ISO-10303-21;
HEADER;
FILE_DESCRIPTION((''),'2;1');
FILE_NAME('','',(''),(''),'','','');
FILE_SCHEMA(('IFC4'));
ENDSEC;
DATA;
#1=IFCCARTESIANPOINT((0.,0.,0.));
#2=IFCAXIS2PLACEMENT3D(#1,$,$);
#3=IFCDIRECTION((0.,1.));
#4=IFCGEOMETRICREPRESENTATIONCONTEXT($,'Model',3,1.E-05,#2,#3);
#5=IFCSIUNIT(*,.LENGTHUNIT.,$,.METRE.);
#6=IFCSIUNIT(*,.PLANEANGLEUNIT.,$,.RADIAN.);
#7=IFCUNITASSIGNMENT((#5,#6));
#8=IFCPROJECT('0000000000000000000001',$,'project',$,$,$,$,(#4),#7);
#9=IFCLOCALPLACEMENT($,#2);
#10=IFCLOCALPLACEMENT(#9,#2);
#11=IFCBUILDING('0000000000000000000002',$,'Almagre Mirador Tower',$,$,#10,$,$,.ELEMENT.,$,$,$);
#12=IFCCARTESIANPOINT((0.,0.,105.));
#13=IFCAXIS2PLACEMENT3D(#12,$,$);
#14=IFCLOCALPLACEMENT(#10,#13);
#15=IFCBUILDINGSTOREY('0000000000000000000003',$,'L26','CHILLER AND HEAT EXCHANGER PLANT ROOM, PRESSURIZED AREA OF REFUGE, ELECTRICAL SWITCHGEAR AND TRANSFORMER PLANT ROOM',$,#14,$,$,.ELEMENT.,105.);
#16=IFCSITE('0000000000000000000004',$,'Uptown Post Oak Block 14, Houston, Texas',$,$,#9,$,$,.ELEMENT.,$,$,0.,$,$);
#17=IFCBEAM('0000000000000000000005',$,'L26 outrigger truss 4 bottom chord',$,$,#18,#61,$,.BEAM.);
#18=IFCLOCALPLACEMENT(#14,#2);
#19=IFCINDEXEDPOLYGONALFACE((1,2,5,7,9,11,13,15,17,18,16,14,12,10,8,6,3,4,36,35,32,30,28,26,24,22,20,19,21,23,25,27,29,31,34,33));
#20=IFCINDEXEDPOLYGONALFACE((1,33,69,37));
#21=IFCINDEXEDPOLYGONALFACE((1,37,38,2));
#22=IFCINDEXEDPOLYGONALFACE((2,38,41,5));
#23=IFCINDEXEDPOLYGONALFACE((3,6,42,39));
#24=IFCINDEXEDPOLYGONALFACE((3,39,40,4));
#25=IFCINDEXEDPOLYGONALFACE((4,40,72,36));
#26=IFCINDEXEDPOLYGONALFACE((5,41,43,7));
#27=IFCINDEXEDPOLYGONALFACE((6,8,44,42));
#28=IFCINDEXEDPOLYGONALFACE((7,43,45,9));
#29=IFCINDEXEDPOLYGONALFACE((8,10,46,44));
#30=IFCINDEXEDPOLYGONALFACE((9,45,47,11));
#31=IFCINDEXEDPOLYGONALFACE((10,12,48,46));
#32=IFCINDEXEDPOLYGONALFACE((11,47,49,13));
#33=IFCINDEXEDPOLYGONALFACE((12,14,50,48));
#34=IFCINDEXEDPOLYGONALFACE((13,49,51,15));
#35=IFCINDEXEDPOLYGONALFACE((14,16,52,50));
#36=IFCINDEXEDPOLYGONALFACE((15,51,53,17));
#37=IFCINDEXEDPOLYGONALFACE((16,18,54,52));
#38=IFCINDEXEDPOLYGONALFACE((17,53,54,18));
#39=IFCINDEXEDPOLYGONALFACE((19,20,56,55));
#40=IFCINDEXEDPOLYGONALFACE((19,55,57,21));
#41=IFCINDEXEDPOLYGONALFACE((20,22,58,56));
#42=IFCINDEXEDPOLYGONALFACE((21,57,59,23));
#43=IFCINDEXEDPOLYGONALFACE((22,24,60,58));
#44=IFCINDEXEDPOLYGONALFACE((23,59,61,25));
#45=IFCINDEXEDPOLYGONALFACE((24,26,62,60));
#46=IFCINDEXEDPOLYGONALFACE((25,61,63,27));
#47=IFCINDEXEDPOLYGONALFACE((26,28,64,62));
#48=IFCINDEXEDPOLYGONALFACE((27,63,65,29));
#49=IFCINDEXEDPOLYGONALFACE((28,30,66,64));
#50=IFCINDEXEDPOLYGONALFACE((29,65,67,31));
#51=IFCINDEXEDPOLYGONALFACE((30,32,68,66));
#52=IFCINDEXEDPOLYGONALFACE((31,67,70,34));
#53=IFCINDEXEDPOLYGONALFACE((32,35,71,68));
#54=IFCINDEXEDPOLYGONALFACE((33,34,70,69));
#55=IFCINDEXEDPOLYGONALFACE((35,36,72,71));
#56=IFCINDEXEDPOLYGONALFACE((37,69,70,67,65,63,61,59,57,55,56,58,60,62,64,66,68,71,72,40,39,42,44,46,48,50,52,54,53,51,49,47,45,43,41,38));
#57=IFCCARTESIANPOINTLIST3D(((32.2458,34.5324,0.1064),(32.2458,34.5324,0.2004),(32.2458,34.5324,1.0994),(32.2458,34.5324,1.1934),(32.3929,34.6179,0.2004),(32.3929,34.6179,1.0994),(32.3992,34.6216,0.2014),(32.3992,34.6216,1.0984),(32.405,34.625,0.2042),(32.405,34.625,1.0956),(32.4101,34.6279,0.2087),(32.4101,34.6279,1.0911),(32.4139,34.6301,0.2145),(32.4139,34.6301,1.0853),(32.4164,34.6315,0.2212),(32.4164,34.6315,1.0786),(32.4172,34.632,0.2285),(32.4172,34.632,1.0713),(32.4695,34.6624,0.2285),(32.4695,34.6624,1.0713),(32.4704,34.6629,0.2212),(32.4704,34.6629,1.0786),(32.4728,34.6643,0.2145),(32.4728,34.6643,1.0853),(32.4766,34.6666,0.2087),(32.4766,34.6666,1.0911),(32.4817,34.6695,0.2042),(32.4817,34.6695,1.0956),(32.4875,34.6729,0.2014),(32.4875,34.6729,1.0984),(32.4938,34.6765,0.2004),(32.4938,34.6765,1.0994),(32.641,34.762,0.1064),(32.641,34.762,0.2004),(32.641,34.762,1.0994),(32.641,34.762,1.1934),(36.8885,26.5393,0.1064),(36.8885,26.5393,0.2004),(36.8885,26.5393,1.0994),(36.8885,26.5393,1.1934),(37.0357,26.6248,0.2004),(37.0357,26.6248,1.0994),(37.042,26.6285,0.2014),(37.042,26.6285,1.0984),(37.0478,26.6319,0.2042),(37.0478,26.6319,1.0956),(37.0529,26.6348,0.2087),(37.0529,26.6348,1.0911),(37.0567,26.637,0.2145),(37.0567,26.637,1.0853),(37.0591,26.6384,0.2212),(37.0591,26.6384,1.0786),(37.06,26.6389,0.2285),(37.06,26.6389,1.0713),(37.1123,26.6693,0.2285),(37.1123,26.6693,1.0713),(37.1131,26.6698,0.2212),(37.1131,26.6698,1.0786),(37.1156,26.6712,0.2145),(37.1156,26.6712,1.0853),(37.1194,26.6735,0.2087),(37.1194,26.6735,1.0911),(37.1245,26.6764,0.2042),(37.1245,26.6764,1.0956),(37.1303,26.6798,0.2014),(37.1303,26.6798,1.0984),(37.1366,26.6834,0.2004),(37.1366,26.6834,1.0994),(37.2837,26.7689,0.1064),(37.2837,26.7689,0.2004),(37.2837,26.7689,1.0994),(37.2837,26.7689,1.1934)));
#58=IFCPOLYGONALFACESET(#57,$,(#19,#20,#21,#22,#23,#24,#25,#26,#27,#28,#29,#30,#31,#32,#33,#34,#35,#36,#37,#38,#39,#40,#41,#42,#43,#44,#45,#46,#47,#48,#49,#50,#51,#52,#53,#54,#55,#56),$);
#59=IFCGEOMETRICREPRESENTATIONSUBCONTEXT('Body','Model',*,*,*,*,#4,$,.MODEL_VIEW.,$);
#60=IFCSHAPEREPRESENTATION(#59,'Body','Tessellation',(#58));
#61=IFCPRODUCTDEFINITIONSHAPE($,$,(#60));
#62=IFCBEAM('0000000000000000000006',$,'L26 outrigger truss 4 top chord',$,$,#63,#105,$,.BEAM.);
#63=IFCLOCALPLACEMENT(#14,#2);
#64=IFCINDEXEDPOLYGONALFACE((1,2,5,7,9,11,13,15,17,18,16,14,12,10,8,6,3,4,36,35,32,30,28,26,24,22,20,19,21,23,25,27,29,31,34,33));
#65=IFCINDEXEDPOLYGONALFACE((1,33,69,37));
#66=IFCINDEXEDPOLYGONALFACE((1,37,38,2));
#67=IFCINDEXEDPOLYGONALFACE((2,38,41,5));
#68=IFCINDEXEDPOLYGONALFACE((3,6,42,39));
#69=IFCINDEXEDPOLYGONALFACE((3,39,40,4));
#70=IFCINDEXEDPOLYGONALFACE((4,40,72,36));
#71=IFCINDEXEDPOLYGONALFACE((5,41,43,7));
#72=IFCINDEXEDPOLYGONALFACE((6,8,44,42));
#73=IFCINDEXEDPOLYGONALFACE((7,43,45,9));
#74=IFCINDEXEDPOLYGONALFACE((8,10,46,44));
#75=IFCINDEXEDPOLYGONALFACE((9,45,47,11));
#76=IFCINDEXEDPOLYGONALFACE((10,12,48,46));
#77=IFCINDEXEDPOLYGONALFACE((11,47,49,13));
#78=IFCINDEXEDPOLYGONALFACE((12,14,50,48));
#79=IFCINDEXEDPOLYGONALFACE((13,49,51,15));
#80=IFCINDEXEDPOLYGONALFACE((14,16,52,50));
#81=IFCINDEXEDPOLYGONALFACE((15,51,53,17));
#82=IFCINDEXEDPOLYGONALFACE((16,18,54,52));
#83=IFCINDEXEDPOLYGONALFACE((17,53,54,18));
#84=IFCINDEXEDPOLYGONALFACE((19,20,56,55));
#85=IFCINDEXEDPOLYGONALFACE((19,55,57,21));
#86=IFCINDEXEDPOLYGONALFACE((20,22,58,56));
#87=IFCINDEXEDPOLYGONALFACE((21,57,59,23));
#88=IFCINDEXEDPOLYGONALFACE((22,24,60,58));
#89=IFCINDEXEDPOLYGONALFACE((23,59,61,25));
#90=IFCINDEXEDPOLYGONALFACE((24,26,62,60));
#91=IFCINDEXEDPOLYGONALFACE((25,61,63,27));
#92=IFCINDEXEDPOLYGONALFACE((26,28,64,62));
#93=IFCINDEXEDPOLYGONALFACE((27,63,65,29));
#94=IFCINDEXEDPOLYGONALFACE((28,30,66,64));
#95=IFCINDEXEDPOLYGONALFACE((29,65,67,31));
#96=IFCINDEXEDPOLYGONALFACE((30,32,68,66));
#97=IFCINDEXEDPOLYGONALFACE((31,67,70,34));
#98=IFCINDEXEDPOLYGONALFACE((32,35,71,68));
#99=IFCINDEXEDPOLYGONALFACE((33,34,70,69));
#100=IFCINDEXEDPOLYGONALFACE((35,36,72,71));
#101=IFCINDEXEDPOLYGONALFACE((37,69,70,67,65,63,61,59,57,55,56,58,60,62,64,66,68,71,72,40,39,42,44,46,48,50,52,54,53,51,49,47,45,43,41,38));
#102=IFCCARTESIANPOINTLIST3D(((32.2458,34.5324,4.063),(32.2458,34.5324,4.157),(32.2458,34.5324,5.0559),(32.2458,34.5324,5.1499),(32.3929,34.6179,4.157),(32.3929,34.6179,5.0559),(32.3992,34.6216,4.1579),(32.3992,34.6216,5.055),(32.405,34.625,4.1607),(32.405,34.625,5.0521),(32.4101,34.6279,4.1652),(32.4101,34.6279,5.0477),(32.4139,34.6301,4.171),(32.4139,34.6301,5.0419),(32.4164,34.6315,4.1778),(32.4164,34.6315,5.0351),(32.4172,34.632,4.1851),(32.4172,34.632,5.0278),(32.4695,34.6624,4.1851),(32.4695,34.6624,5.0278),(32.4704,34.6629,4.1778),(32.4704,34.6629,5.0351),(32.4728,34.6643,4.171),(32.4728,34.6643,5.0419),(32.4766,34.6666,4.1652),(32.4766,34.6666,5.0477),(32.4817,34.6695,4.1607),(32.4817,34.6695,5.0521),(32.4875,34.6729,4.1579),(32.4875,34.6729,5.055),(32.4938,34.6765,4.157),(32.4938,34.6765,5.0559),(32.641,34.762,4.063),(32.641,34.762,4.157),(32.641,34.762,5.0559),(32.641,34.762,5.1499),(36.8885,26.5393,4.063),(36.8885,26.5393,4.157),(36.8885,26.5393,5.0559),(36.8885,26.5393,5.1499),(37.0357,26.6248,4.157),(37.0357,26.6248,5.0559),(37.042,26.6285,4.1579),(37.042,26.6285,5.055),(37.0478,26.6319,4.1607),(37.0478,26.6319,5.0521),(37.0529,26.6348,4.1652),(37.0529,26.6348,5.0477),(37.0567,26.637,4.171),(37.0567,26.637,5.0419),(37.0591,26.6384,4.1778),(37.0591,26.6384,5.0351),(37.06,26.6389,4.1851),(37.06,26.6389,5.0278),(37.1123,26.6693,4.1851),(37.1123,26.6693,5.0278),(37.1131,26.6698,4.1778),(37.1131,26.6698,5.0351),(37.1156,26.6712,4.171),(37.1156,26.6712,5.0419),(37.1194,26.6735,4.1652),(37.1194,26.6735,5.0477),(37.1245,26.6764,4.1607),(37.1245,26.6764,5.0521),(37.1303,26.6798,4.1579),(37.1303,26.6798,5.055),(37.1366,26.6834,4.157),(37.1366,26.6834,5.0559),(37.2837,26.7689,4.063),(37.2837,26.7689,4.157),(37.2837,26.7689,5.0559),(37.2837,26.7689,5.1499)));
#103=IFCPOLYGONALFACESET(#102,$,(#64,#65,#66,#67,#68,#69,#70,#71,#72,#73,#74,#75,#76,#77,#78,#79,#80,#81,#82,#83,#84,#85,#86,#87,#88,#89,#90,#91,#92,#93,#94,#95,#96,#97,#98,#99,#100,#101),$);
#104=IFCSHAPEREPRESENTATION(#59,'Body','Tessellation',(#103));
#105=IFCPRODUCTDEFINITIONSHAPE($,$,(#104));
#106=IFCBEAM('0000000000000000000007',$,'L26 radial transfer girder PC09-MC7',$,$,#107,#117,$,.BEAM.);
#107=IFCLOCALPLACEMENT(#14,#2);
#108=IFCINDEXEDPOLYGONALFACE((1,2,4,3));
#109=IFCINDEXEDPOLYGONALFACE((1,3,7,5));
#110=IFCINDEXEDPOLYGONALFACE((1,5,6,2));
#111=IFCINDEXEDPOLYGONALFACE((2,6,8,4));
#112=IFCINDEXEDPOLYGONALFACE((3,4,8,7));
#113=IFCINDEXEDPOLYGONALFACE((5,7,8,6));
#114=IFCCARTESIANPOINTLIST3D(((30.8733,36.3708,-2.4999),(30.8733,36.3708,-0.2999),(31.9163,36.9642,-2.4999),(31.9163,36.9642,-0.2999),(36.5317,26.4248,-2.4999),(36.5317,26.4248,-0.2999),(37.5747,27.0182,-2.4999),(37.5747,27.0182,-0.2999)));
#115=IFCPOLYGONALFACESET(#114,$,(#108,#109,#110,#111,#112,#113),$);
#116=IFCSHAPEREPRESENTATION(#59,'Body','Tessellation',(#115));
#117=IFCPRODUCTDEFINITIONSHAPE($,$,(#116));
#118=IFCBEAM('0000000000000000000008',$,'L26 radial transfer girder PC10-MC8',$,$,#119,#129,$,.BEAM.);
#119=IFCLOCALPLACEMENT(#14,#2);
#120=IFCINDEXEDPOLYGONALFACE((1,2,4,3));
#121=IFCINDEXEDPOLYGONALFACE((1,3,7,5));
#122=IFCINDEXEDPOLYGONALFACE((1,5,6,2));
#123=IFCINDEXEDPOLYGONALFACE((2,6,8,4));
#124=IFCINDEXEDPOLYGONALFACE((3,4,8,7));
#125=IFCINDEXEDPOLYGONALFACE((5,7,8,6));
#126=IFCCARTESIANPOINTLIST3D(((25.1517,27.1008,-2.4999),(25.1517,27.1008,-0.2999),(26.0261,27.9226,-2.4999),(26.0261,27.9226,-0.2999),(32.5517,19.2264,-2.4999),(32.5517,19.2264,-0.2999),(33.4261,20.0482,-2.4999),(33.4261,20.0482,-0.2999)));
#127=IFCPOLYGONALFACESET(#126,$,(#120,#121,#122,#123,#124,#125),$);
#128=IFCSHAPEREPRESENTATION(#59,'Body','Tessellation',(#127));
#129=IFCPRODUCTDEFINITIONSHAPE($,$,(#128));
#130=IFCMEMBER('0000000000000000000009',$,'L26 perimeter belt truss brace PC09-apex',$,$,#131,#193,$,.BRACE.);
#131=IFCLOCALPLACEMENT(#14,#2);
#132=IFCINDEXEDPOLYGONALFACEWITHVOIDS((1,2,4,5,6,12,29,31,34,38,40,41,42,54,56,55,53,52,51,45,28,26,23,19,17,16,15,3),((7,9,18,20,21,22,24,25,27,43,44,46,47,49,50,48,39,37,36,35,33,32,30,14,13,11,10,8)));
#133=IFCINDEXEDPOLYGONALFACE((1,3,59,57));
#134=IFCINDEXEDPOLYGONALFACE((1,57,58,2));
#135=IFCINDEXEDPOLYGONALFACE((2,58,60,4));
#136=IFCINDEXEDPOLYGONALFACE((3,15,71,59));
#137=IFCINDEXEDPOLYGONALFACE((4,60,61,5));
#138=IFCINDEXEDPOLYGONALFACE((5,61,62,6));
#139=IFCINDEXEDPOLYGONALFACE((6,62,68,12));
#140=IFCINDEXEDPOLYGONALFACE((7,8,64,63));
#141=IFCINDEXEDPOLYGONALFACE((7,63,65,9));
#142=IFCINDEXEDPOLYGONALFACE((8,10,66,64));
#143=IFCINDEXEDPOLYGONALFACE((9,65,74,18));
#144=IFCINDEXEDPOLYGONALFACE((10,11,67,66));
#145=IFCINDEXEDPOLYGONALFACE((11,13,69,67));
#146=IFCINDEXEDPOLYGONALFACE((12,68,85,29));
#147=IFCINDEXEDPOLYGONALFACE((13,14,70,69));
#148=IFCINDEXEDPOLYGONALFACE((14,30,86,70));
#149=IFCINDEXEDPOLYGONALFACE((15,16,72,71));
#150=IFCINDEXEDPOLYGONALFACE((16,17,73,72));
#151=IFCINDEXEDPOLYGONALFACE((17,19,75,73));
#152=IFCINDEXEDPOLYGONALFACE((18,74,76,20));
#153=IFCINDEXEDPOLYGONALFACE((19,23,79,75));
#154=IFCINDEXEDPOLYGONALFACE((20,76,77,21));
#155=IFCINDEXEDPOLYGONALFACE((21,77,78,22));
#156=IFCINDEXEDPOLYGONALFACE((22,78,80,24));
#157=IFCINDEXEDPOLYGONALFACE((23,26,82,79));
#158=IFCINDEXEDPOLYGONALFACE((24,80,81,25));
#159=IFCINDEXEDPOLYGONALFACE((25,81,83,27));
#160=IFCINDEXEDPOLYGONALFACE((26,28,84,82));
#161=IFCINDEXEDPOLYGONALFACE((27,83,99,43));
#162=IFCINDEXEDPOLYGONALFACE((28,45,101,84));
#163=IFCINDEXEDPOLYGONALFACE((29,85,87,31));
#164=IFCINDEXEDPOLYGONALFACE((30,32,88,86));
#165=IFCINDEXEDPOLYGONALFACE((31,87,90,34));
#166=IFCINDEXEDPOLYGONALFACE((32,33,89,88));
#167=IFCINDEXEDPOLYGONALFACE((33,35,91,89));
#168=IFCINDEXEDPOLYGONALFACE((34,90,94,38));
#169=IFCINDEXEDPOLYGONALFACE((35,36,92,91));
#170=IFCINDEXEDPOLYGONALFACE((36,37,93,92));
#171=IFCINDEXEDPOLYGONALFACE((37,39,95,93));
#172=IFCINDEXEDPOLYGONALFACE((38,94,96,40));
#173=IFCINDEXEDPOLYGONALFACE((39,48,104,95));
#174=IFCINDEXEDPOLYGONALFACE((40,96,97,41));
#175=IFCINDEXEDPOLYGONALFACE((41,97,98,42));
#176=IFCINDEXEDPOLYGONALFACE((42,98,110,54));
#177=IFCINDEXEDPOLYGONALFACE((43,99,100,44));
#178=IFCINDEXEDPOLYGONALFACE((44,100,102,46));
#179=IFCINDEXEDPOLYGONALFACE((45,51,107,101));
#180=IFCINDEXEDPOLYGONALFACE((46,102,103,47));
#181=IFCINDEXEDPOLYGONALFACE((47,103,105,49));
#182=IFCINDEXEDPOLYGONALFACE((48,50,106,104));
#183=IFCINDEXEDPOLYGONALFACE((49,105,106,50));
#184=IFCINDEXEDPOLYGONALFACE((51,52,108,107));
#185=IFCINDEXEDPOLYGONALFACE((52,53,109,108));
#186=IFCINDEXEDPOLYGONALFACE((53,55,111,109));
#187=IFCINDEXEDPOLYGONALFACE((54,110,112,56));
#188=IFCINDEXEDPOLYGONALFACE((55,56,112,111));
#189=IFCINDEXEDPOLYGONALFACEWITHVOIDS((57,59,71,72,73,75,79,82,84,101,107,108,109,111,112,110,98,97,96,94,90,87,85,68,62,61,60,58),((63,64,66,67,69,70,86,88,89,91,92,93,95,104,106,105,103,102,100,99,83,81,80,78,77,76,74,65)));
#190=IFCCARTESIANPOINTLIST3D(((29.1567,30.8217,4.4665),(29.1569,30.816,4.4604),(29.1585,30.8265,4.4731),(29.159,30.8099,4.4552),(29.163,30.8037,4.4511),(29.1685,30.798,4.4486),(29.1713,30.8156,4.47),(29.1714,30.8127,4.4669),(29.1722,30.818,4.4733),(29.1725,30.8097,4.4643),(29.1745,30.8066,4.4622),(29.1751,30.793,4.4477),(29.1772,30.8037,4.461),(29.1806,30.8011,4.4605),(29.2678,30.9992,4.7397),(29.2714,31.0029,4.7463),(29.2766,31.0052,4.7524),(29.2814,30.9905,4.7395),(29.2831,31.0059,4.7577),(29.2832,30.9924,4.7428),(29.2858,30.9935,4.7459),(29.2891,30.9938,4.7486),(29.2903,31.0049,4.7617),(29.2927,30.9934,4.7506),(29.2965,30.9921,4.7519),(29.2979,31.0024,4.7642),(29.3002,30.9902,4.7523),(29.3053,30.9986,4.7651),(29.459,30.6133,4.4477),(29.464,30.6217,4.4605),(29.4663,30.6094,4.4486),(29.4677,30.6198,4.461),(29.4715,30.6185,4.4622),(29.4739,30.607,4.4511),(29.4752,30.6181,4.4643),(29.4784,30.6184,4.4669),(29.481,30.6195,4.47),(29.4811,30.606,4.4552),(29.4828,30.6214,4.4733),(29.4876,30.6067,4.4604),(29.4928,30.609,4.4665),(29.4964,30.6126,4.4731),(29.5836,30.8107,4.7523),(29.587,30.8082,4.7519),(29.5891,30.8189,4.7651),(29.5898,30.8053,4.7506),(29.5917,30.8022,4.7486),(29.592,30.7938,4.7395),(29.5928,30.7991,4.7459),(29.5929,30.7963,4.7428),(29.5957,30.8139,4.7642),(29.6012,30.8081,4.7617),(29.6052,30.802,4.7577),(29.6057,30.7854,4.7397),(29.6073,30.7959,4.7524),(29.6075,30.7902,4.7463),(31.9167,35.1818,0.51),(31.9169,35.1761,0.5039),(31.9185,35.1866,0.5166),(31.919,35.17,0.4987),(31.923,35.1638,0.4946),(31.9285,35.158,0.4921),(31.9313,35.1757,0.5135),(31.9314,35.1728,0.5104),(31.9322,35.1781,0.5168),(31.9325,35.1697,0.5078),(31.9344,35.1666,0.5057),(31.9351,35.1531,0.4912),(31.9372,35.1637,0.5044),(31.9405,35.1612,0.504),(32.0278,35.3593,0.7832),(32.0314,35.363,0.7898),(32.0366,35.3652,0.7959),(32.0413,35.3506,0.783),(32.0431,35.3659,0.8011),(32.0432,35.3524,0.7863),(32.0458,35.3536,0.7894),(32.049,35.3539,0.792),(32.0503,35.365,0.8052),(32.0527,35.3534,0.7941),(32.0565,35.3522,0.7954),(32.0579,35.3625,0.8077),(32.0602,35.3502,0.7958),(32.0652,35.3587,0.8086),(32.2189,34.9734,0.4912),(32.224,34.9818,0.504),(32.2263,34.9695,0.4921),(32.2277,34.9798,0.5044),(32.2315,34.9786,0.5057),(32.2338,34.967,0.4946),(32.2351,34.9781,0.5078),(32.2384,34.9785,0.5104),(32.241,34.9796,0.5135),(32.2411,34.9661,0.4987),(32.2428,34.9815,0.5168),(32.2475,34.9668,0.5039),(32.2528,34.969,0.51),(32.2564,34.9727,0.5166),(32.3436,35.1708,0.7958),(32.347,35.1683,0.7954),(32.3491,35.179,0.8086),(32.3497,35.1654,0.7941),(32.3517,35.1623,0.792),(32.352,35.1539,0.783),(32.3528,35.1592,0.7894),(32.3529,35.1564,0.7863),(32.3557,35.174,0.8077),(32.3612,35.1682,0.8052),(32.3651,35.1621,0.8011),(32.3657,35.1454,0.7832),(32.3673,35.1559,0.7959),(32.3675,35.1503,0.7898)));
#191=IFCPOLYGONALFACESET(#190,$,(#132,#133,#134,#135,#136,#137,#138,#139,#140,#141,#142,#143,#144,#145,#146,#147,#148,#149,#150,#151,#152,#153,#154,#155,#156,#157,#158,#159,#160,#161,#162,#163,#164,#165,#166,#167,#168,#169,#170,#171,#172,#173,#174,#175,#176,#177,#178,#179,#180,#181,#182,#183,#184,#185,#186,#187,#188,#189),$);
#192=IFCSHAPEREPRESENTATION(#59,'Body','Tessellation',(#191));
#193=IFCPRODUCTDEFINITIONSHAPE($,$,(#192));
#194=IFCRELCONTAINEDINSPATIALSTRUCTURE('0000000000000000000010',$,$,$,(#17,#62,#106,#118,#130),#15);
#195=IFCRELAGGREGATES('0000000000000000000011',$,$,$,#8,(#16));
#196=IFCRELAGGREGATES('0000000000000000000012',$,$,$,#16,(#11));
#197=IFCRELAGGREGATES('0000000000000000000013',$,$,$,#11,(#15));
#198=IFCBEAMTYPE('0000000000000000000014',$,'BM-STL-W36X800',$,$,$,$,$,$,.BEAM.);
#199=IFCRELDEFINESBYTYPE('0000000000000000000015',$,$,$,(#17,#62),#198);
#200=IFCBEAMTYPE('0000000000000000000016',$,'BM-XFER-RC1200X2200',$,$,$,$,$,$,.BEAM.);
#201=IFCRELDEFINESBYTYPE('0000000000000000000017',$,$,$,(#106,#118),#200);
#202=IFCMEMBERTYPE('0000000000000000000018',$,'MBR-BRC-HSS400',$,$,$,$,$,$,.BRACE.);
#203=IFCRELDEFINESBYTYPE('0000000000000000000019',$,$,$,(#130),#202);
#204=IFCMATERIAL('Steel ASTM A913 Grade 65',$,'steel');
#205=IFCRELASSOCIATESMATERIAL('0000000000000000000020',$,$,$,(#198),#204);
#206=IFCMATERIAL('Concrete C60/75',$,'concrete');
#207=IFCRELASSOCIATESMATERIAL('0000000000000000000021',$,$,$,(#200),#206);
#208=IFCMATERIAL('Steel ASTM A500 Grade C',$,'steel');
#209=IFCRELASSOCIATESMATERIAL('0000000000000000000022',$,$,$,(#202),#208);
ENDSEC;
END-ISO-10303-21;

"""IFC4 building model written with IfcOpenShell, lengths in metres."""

from ifc_helpers import new_model, si_unit, direction, frame, origin, origin_2d, place, context, subcontext, project, spatial, rectangle, hollow_rectangle, i_section, extrude, material, material_profile, profile_set, type_object, element, save


model = new_model("IFC4")

# Units and contexts
model_context = context("Model", 3, precision=1e-05, world=origin(), true_north=direction((0.0, 1.0)))
body_context = subcontext(model_context, "Body", "Model", "MODEL_VIEW")
ifc_project = project(units=[si_unit("LENGTHUNIT", "METRE"), si_unit("PLANEANGLEUNIT", "RADIAN")], contexts=[model_context])

# Site, building, storey
site_placement = place(None, origin())
site = spatial("IfcSite", under=ifc_project, at=site_placement, Name="Uptown Post Oak Block 14, Houston, Texas", CompositionType="ELEMENT", RefElevation=0.0)
building_placement = place(site_placement, origin())
building = spatial("IfcBuilding", under=site, at=building_placement, Name="Almagre Mirador Tower", CompositionType="ELEMENT")
storey_placement = place(building_placement, frame((0.0, 0.0, 105.0)))
storey = spatial("IfcBuildingStorey", under=building, at=storey_placement, Name="L26", Description="CHILLER AND HEAT EXCHANGER PLANT ROOM, PRESSURIZED AREA OF REFUGE, ELECTRICAL SWITCHGEAR AND TRANSFORMER PLANT ROOM", CompositionType="ELEMENT", Elevation=105.0)

# Beams
ifc_material_1 = material(Name="Steel ASTM A913 Grade 65", Category="steel")
ifc_material_profile_1 = material_profile(ifc_material_1, i_section(OverallWidth=0.457, OverallDepth=1.0869, WebThickness=0.0605, FlangeThickness=0.094, FilletRadius=0.0281, at=origin_2d()), Name="W36X800")
ifc_profile_set_1 = profile_set([ifc_material_profile_1], Name="Steel ASTM A913 Grade 65")
beam_type_1 = type_object("IfcBeamType", Name="BM-STL-W36X800", PredefinedType="BEAM", material=ifc_profile_set_1)
for number, where, z_axis, x_axis, name in (
    (1, (32.4434, 34.6472, 0.6499), (0.502267, -0.864712, 0.0), (0.864712, 0.502267, 0.0), "L26 outrigger truss 4 bottom chord"),
    (2, (32.4434, 34.6472, 4.6064), (0.502267, -0.864712, 0.0), (0.864712, 0.502267, 0.0), "L26 outrigger truss 4 top chord"),
):
    element("IfcBeam", number, at=place(storey_placement, frame(where, z_axis=z_axis, x_axis=x_axis)), inside=storey, type_object=beam_type_1, Name=name, PredefinedType="BEAM", context=body_context, shape_type="SweptSolid", body=[
        extrude(i_section(OverallWidth=0.457, OverallDepth=1.0869, WebThickness=0.0605, FlangeThickness=0.094, FilletRadius=0.0281, at=origin_2d()), origin(), (0.0, 0.0, 1.0), 9.2437),
    ])
ifc_material_2 = material(Name="Concrete C60/75", Category="concrete")
ifc_material_profile_2 = material_profile(ifc_material_2, rectangle(XDim=1.2, YDim=2.2, at=origin_2d()), Name="RC1200X2200")
ifc_profile_set_2 = profile_set([ifc_material_profile_2], Name="Concrete C60/75")
beam_type_2 = type_object("IfcBeamType", Name="BM-XFER-RC1200X2200", PredefinedType="BEAM", material=ifc_profile_set_2)
beam_1_placement = place(storey_placement, frame((31.3948, 36.6675, -1.3999), z_axis=(0.494491, -0.869183, 0.0), x_axis=(0.869183, 0.494491, 0.0)))
element("IfcBeam", 3, at=beam_1_placement, inside=storey, type_object=beam_type_2, Name="L26 radial transfer girder PC09-MC7", PredefinedType="BEAM", context=body_context, shape_type="SweptSolid", body=[
    extrude(rectangle(XDim=1.2, YDim=2.2, at=origin_2d()), origin(), (0.0, 0.0, 1.0), 11.4429),
])
beam_2_placement = place(storey_placement, frame((25.5889, 27.5117, -1.3999), z_axis=(0.684817, -0.728715, 0.0), x_axis=(0.728715, 0.684817, 0.0)))
element("IfcBeam", 4, at=beam_2_placement, inside=storey, type_object=beam_type_2, Name="L26 radial transfer girder PC10-MC8", PredefinedType="BEAM", context=body_context, shape_type="SweptSolid", body=[
    extrude(rectangle(XDim=1.2, YDim=2.2, at=origin_2d()), origin(), (0.0, 0.0, 1.0), 10.8059),
])

# Member
ifc_material_3 = material(Name="Steel ASTM A500 Grade C", Category="steel")
ifc_material_profile_3 = material_profile(ifc_material_3, hollow_rectangle(XDim=0.3999, YDim=0.3999, WallThickness=0.0161, InnerFilletRadius=0.0161, OuterFilletRadius=0.032, at=origin_2d()), Name="HSS400X400X16")
ifc_profile_set_3 = profile_set([ifc_material_profile_3], Name="Steel ASTM A500 Grade C")
member_type_1 = type_object("IfcMemberType", Name="MBR-BRC-HSS400", PredefinedType="BRACE", material=ifc_profile_set_3)
for number, where, z_axis, x_axis, name in (
    (5, (32.1421, 35.166, 0.6499), (-0.424454, -0.670529, 0.608465), (0.844941, -0.53486, 0.0), "L26 perimeter belt truss brace PC09-apex"),
):
    element("IfcMember", number, at=place(storey_placement, frame(where, z_axis=z_axis, x_axis=x_axis)), inside=storey, type_object=member_type_1, Name=name, PredefinedType="BRACE", context=body_context, shape_type="SweptSolid", body=[
        extrude(hollow_rectangle(XDim=0.3999, YDim=0.3999, WallThickness=0.0161, InnerFilletRadius=0.0161, OuterFilletRadius=0.032, at=origin_2d()), origin(), (0.0, 0.0, 1.0), 6.5024),
    ])

save(model, "model.ifc")
